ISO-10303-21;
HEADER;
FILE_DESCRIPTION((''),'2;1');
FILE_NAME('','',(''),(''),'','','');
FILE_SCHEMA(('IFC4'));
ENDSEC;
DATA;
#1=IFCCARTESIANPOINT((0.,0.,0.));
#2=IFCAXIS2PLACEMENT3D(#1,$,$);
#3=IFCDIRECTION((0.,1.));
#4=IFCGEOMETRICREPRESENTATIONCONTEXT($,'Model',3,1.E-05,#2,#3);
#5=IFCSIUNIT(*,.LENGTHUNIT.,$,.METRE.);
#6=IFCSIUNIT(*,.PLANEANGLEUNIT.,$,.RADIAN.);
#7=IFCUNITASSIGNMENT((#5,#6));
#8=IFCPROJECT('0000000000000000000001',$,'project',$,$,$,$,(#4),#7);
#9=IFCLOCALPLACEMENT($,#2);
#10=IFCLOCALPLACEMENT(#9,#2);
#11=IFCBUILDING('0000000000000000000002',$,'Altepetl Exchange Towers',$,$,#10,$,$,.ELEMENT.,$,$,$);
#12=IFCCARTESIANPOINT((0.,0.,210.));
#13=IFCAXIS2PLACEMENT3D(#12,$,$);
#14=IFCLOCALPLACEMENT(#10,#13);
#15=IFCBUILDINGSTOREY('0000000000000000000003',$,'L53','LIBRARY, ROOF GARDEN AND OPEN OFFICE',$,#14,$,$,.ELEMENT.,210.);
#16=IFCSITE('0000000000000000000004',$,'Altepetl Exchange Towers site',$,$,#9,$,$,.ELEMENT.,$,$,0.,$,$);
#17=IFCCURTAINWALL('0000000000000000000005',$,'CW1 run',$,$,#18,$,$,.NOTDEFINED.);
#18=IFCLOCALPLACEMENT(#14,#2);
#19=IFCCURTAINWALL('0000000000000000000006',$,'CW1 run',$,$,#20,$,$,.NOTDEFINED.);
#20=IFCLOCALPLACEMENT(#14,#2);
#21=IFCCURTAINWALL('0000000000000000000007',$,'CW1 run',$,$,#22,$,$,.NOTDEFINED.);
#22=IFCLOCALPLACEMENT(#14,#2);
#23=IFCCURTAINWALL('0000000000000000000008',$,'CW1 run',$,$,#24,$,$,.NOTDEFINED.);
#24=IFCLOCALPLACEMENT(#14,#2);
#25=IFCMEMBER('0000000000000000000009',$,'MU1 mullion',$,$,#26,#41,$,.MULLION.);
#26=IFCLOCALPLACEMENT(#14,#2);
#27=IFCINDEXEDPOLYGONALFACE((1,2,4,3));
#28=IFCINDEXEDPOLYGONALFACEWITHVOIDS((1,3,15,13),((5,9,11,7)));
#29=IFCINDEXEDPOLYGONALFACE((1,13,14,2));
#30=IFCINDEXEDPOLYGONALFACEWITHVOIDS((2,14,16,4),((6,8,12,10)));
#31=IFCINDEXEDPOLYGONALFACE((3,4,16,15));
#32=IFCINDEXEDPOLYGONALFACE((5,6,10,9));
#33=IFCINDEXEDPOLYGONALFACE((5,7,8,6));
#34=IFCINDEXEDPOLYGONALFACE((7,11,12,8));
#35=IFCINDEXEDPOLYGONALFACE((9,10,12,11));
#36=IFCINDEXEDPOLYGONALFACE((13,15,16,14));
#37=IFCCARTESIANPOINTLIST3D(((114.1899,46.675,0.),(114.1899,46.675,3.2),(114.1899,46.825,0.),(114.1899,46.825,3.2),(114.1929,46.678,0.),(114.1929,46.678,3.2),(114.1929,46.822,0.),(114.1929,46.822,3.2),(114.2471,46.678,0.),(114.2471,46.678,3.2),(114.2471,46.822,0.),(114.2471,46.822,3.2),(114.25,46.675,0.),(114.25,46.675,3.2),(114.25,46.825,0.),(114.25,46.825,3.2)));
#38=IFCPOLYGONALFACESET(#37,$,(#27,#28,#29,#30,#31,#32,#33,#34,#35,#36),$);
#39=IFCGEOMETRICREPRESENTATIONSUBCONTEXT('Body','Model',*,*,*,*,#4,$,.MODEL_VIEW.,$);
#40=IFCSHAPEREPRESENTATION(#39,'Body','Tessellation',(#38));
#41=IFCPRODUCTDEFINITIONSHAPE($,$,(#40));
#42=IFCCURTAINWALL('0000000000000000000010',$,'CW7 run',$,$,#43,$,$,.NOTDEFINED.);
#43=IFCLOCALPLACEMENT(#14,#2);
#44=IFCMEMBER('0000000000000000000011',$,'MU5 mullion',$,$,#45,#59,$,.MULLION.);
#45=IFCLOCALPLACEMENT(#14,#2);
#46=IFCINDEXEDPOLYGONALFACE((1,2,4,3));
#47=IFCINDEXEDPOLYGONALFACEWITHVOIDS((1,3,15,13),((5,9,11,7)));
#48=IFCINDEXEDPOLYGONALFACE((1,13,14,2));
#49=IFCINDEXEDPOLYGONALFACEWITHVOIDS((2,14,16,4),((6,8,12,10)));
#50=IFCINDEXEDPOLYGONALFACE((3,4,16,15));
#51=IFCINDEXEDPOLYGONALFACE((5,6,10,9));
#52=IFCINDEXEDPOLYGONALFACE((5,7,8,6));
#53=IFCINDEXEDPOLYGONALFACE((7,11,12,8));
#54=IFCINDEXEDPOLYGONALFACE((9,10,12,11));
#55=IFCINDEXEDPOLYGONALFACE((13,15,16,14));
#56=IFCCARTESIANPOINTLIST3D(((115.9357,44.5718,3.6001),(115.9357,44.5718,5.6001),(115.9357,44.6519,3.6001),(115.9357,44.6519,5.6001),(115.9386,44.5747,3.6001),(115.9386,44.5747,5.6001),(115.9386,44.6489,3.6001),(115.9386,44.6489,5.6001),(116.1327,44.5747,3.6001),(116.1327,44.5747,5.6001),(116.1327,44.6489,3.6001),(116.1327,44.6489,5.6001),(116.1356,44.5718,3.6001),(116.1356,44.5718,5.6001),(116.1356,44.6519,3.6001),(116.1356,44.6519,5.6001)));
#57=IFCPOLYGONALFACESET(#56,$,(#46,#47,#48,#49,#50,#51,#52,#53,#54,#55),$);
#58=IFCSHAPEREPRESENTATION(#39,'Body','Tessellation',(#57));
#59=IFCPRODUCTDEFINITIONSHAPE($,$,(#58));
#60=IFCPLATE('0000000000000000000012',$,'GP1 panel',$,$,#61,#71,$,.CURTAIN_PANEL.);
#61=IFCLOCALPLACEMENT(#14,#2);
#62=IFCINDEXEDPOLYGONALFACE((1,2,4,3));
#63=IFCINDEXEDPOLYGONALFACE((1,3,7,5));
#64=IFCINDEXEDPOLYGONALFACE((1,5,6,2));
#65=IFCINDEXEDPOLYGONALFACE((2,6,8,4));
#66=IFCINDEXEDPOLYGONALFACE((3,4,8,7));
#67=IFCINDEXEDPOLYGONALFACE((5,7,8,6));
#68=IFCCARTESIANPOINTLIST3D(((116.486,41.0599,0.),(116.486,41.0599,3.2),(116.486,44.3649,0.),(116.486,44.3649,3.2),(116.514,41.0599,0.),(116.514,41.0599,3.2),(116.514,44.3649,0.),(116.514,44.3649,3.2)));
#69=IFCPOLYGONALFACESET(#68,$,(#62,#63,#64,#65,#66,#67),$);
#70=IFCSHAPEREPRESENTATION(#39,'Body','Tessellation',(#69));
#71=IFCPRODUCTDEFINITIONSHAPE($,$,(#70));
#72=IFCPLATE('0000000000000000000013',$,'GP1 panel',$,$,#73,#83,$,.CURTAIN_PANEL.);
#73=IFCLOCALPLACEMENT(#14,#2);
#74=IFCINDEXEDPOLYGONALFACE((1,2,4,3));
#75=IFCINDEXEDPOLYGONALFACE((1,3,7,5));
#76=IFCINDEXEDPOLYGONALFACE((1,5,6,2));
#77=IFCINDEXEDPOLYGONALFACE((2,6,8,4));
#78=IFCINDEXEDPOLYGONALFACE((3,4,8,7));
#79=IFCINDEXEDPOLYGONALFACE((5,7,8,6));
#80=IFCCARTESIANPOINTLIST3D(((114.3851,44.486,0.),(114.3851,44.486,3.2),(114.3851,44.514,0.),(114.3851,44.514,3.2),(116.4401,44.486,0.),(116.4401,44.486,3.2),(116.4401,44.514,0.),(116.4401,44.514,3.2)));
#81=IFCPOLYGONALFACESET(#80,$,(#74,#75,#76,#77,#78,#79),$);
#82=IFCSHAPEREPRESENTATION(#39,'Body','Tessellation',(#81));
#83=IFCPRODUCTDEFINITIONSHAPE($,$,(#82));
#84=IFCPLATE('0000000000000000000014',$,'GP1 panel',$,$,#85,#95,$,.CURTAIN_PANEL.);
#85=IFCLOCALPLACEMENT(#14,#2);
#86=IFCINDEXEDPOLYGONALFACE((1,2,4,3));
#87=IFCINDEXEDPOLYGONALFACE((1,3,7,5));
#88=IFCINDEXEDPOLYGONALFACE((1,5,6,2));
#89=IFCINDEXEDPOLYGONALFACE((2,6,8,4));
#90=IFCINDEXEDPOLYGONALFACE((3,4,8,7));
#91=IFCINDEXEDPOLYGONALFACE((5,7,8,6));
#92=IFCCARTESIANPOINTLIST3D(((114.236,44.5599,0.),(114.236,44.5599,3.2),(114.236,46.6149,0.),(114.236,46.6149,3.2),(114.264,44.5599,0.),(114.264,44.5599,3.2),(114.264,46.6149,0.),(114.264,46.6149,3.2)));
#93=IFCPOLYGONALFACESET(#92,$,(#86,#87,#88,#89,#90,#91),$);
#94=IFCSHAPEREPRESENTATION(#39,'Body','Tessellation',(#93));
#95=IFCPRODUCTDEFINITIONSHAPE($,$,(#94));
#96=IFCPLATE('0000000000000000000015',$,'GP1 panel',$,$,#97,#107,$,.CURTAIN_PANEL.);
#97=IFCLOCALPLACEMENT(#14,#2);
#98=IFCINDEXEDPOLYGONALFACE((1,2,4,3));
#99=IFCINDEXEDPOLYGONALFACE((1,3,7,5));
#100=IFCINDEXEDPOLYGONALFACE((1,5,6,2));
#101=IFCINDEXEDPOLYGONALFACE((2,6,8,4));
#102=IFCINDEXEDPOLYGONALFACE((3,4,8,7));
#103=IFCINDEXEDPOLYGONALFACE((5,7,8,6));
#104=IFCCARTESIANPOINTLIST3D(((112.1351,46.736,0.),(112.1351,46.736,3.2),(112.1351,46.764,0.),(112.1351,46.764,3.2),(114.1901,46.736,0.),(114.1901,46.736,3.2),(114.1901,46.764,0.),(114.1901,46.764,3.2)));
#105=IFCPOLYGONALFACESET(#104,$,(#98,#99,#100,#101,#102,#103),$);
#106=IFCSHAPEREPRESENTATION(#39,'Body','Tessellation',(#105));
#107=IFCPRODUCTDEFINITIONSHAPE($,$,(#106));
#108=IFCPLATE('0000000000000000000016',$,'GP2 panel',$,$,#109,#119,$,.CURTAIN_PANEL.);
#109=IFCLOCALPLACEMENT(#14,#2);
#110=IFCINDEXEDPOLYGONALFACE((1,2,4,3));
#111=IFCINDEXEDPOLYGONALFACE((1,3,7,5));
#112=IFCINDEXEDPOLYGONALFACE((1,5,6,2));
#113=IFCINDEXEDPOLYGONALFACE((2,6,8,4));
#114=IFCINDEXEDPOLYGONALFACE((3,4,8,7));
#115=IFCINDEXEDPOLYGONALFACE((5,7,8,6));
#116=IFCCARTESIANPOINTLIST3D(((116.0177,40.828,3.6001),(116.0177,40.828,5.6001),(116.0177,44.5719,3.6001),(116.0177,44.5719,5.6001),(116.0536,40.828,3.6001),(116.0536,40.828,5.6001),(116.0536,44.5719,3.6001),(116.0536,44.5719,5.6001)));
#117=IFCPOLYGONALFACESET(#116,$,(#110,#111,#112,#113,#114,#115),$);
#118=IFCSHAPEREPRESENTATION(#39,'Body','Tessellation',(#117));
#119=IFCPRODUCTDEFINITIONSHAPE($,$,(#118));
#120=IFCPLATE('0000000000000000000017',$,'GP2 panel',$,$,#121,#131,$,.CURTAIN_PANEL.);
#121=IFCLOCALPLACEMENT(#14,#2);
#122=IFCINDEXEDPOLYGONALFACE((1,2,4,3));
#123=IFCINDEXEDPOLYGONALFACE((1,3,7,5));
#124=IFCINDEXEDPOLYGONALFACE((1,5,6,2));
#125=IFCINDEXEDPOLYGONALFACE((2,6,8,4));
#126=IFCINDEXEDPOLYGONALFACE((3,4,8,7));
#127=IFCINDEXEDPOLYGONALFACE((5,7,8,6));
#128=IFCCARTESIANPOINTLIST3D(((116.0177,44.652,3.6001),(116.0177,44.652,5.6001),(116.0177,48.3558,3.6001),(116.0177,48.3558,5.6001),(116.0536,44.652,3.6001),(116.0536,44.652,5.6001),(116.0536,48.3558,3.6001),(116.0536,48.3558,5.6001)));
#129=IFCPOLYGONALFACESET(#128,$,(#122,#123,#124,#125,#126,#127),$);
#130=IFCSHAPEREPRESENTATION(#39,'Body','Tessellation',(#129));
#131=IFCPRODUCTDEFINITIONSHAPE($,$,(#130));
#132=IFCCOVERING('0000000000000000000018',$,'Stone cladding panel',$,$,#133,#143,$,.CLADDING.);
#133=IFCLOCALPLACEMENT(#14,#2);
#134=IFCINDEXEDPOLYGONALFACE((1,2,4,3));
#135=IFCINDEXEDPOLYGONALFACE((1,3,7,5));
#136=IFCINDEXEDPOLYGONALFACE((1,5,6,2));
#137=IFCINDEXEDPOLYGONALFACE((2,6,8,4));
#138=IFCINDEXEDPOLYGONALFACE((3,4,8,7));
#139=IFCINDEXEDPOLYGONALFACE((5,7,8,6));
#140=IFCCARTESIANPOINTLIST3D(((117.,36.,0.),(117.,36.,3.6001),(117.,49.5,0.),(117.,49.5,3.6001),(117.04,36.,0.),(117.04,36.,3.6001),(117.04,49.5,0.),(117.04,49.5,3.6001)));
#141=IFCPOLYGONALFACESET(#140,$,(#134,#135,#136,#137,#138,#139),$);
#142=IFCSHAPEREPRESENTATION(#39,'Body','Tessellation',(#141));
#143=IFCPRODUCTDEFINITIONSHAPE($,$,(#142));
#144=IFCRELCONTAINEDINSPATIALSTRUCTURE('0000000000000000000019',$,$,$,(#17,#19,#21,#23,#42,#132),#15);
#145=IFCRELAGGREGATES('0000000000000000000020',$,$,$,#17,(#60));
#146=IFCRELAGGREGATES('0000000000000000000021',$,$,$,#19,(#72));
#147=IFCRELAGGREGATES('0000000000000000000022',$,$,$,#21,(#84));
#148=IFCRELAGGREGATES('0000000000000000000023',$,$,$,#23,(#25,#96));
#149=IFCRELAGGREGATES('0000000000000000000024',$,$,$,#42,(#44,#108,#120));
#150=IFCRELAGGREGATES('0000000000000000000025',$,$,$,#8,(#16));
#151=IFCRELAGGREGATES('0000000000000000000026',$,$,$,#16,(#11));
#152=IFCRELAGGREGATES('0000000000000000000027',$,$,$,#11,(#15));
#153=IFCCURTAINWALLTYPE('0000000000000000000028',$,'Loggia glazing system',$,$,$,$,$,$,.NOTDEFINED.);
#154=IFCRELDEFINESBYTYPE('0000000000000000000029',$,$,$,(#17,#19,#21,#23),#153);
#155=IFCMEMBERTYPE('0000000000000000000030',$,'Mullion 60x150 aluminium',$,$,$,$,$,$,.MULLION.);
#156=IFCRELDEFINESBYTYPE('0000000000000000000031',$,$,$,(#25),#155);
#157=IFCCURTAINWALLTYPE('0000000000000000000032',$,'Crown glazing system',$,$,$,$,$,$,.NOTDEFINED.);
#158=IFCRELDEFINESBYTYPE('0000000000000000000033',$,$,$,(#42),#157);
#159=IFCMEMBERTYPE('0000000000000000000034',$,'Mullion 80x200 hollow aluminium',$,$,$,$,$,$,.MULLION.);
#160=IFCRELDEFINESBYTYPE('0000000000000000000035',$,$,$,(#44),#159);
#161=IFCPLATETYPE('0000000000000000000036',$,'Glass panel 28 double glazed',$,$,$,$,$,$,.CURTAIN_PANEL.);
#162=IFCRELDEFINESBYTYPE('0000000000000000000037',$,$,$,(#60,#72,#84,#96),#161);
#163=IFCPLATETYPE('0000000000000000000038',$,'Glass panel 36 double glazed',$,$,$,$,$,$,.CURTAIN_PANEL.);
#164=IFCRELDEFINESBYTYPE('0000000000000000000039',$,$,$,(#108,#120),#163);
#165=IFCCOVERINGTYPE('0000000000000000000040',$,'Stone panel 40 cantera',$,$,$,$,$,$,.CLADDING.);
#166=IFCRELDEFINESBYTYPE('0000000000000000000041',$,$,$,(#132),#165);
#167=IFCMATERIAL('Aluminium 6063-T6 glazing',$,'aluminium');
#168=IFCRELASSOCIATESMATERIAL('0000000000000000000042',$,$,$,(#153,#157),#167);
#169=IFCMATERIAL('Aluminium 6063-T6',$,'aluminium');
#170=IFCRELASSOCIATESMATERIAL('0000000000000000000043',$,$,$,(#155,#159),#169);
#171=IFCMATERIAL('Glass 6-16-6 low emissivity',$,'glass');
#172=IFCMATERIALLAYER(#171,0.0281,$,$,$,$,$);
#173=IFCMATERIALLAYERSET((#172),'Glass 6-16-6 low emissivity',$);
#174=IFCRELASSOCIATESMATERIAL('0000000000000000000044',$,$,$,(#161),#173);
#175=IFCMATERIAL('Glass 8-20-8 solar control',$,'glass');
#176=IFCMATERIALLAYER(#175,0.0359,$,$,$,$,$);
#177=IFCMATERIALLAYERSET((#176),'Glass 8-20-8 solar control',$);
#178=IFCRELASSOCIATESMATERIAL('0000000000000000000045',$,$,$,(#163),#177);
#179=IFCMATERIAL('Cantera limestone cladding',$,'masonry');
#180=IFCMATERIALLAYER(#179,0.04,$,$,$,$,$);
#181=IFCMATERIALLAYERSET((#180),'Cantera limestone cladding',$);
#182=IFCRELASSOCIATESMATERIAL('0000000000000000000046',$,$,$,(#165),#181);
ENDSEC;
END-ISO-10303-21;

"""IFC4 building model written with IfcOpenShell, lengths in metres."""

from ifc_helpers import new_model, si_unit, direction, frame, origin, origin_2d, place, context, subcontext, project, spatial, rectangle, hollow_rectangle, extrude, material, layer, layer_set, material_profile, profile_set, type_object, element, aggregate, save


model = new_model("IFC4")

# Units and contexts
model_context = context("Model", 3, precision=1e-05, world=origin(), true_north=direction((0.0, 1.0)))
body_context = subcontext(model_context, "Body", "Model", "MODEL_VIEW")
ifc_project = project(units=[si_unit("LENGTHUNIT", "METRE"), si_unit("PLANEANGLEUNIT", "RADIAN")], contexts=[model_context])

# Site, building, storey
site_placement = place(None, origin())
site = spatial("IfcSite", under=ifc_project, at=site_placement, Name="Altepetl Exchange Towers site", CompositionType="ELEMENT", RefElevation=0.0)
building_placement = place(site_placement, origin())
building = spatial("IfcBuilding", under=site, at=building_placement, Name="Altepetl Exchange Towers", CompositionType="ELEMENT")
storey_placement = place(building_placement, frame((0.0, 0.0, 210.0)))
storey = spatial("IfcBuildingStorey", under=building, at=storey_placement, Name="L53", Description="LIBRARY, ROOF GARDEN AND OPEN OFFICE", CompositionType="ELEMENT", Elevation=210.0)

# Curtain wall
ifc_material_1 = material(Name="Aluminium 6063-T6 glazing", Category="aluminium")
curtain_wall_type_1 = type_object("IfcCurtainWallType", Name="Loggia glazing system", PredefinedType="NOTDEFINED", material=ifc_material_1)
curtain_wall_1_placement = place(storey_placement, origin())
curtain_wall_1 = element("IfcCurtainWall", 1, at=curtain_wall_1_placement, inside=storey, type_object=curtain_wall_type_1, Name="CW1 run", PredefinedType="NOTDEFINED")
ifc_material_2 = material(Name="Aluminium 6063-T6", Category="aluminium")
ifc_material_profile_1 = material_profile(ifc_material_2, hollow_rectangle(XDim=0.0601, YDim=0.1499, WallThickness=0.0029, at=origin_2d()), Name="Mullion 60x150 aluminium")
ifc_profile_set_1 = profile_set([ifc_material_profile_1], Name="Aluminium 6063-T6")
member_type_1 = type_object("IfcMemberType", Name="Mullion 60x150 aluminium", PredefinedType="MULLION", material=ifc_profile_set_1)

# Curtain walls
curtain_wall_2_placement = place(storey_placement, origin())
curtain_wall_2 = element("IfcCurtainWall", 2, at=curtain_wall_2_placement, inside=storey, type_object=curtain_wall_type_1, Name="CW1 run", PredefinedType="NOTDEFINED")
curtain_wall_3_placement = place(storey_placement, origin())
curtain_wall_3 = element("IfcCurtainWall", 3, at=curtain_wall_3_placement, inside=storey, type_object=curtain_wall_type_1, Name="CW1 run", PredefinedType="NOTDEFINED")

# Curtain walls, members
curtain_wall_4_placement = place(storey_placement, origin())
curtain_wall_4 = element("IfcCurtainWall", 4, at=curtain_wall_4_placement, inside=storey, type_object=curtain_wall_type_1, Name="CW1 run", PredefinedType="NOTDEFINED")
member_1_placement = place(storey_placement, frame((114.22, 46.75, 0.0), z_axis=(0.0, 0.0, 1.0), x_axis=(-1.0, 0.0, 0.0)))
member_1 = element("IfcMember", 5, at=member_1_placement, type_object=member_type_1, Name="MU1 mullion", PredefinedType="MULLION", context=body_context, shape_type="SweptSolid", body=[
    extrude(hollow_rectangle(XDim=0.0601, YDim=0.1499, WallThickness=0.0029, at=origin_2d()), origin(), (0.0, 0.0, 1.0), 3.2),
])
curtain_wall_type_2 = type_object("IfcCurtainWallType", Name="Crown glazing system", PredefinedType="NOTDEFINED", material=ifc_material_1)
curtain_wall_5_placement = place(storey_placement, origin())
curtain_wall_5 = element("IfcCurtainWall", 6, at=curtain_wall_5_placement, inside=storey, type_object=curtain_wall_type_2, Name="CW7 run", PredefinedType="NOTDEFINED")
ifc_material_profile_2 = material_profile(ifc_material_2, hollow_rectangle(XDim=0.0801, YDim=0.2, WallThickness=0.0029, at=origin_2d()), Name="Mullion 80x200 hollow aluminium")
ifc_profile_set_2 = profile_set([ifc_material_profile_2], Name="Aluminium 6063-T6")
member_type_2 = type_object("IfcMemberType", Name="Mullion 80x200 hollow aluminium", PredefinedType="MULLION", material=ifc_profile_set_2)
member_2_placement = place(storey_placement, frame((116.0356, 44.6118, 3.6001), z_axis=(0.0, 0.0, 1.0), x_axis=(0.0, 1.0, 0.0)))
member_2 = element("IfcMember", 7, at=member_2_placement, type_object=member_type_2, Name="MU5 mullion", PredefinedType="MULLION", context=body_context, shape_type="SweptSolid", body=[
    extrude(hollow_rectangle(XDim=0.0801, YDim=0.2, WallThickness=0.0029, at=origin_2d()), origin(), (0.0, 0.0, 1.0), 2.0),
])

# Plates
ifc_material_3 = material(Name="Glass 6-16-6 low emissivity", Category="glass")
ifc_layer_1 = layer(ifc_material_3, 0.0281)
ifc_layer_set_1 = layer_set([ifc_layer_1], Name="Glass 6-16-6 low emissivity")
plate_type_1 = type_object("IfcPlateType", Name="Glass panel 28 double glazed", PredefinedType="CURTAIN_PANEL", material=ifc_layer_set_1)
plate_1_placement = place(storey_placement, frame((116.5, 42.7124, 0.0), z_axis=(0.0, 0.0, 1.0), x_axis=(0.0, 1.0, 0.0)))
plate_1 = element("IfcPlate", 8, at=plate_1_placement, type_object=plate_type_1, Name="GP1 panel", PredefinedType="CURTAIN_PANEL", context=body_context, shape_type="SweptSolid", body=[
    extrude(rectangle(XDim=3.3049, YDim=0.0281, at=origin_2d()), origin(), (0.0, 0.0, 1.0), 3.2),
])
aggregate(curtain_wall_1, [plate_1])
plate_2_placement = place(storey_placement, frame((115.4126, 44.5, 0.0), z_axis=(0.0, 0.0, 1.0), x_axis=(-1.0, 0.0, 0.0)))
plate_2 = element("IfcPlate", 9, at=plate_2_placement, type_object=plate_type_1, Name="GP1 panel", PredefinedType="CURTAIN_PANEL", context=body_context, shape_type="SweptSolid", body=[
    extrude(rectangle(XDim=2.0549, YDim=0.0281, at=origin_2d()), origin(), (0.0, 0.0, 1.0), 3.2),
])
aggregate(curtain_wall_2, [plate_2])
plate_3_placement = place(storey_placement, frame((114.25, 45.5874, 0.0), z_axis=(0.0, 0.0, 1.0), x_axis=(0.0, 1.0, 0.0)))
plate_3 = element("IfcPlate", 10, at=plate_3_placement, type_object=plate_type_1, Name="GP1 panel", PredefinedType="CURTAIN_PANEL", context=body_context, shape_type="SweptSolid", body=[
    extrude(rectangle(XDim=2.0549, YDim=0.0281, at=origin_2d()), origin(), (0.0, 0.0, 1.0), 3.2),
])
aggregate(curtain_wall_3, [plate_3])
plate_4_placement = place(storey_placement, frame((113.1626, 46.75, 0.0), z_axis=(0.0, 0.0, 1.0), x_axis=(-1.0, 0.0, 0.0)))
plate_4 = element("IfcPlate", 11, at=plate_4_placement, type_object=plate_type_1, Name="GP1 panel", PredefinedType="CURTAIN_PANEL", context=body_context, shape_type="SweptSolid", body=[
    extrude(rectangle(XDim=2.0549, YDim=0.0281, at=origin_2d()), origin(), (0.0, 0.0, 1.0), 3.2),
])
aggregate(curtain_wall_4, [member_1, plate_4])
ifc_material_4 = material(Name="Glass 8-20-8 solar control", Category="glass")
ifc_layer_2 = layer(ifc_material_4, 0.0359)
ifc_layer_set_2 = layer_set([ifc_layer_2], Name="Glass 8-20-8 solar control")
plate_type_2 = type_object("IfcPlateType", Name="Glass panel 36 double glazed", PredefinedType="CURTAIN_PANEL", material=ifc_layer_set_2)
plate_5_placement = place(storey_placement, frame((116.0356, 42.7, 3.6001), z_axis=(0.0, 0.0, 1.0), x_axis=(0.0, 1.0, 0.0)))
plate_5 = element("IfcPlate", 12, at=plate_5_placement, type_object=plate_type_2, Name="GP2 panel", PredefinedType="CURTAIN_PANEL", context=body_context, shape_type="SweptSolid", body=[
    extrude(rectangle(XDim=3.7439, YDim=0.0359, at=origin_2d()), origin(), (0.0, 0.0, 1.0), 2.0),
])
plate_6_placement = place(storey_placement, frame((116.0356, 46.5039, 3.6001), z_axis=(0.0, 0.0, 1.0), x_axis=(0.0, 1.0, 0.0)))
plate_6 = element("IfcPlate", 13, at=plate_6_placement, type_object=plate_type_2, Name="GP2 panel", PredefinedType="CURTAIN_PANEL", context=body_context, shape_type="SweptSolid", body=[
    extrude(rectangle(XDim=3.7039, YDim=0.0359, at=origin_2d()), origin(), (0.0, 0.0, 1.0), 2.0),
])
aggregate(curtain_wall_5, [member_2, plate_5, plate_6])

# Covering
ifc_material_5 = material(Name="Cantera limestone cladding", Category="masonry")
ifc_layer_3 = layer(ifc_material_5, 0.04)
ifc_layer_set_3 = layer_set([ifc_layer_3], Name="Cantera limestone cladding")
covering_type = type_object("IfcCoveringType", Name="Stone panel 40 cantera", PredefinedType="CLADDING", material=ifc_layer_set_3)
covering_placement = place(storey_placement, frame((117.02, 42.75, 0.0), z_axis=(0.0, 0.0, 1.0), x_axis=(0.0, 1.0, 0.0)))
element("IfcCovering", 14, at=covering_placement, inside=storey, type_object=covering_type, Name="Stone cladding panel", PredefinedType="CLADDING", context=body_context, shape_type="SweptSolid", body=[
    extrude(rectangle(XDim=13.5, YDim=0.04, at=origin_2d()), origin(), (0.0, 0.0, 1.0), 3.6001),
])

save(model, "model.ifc")
